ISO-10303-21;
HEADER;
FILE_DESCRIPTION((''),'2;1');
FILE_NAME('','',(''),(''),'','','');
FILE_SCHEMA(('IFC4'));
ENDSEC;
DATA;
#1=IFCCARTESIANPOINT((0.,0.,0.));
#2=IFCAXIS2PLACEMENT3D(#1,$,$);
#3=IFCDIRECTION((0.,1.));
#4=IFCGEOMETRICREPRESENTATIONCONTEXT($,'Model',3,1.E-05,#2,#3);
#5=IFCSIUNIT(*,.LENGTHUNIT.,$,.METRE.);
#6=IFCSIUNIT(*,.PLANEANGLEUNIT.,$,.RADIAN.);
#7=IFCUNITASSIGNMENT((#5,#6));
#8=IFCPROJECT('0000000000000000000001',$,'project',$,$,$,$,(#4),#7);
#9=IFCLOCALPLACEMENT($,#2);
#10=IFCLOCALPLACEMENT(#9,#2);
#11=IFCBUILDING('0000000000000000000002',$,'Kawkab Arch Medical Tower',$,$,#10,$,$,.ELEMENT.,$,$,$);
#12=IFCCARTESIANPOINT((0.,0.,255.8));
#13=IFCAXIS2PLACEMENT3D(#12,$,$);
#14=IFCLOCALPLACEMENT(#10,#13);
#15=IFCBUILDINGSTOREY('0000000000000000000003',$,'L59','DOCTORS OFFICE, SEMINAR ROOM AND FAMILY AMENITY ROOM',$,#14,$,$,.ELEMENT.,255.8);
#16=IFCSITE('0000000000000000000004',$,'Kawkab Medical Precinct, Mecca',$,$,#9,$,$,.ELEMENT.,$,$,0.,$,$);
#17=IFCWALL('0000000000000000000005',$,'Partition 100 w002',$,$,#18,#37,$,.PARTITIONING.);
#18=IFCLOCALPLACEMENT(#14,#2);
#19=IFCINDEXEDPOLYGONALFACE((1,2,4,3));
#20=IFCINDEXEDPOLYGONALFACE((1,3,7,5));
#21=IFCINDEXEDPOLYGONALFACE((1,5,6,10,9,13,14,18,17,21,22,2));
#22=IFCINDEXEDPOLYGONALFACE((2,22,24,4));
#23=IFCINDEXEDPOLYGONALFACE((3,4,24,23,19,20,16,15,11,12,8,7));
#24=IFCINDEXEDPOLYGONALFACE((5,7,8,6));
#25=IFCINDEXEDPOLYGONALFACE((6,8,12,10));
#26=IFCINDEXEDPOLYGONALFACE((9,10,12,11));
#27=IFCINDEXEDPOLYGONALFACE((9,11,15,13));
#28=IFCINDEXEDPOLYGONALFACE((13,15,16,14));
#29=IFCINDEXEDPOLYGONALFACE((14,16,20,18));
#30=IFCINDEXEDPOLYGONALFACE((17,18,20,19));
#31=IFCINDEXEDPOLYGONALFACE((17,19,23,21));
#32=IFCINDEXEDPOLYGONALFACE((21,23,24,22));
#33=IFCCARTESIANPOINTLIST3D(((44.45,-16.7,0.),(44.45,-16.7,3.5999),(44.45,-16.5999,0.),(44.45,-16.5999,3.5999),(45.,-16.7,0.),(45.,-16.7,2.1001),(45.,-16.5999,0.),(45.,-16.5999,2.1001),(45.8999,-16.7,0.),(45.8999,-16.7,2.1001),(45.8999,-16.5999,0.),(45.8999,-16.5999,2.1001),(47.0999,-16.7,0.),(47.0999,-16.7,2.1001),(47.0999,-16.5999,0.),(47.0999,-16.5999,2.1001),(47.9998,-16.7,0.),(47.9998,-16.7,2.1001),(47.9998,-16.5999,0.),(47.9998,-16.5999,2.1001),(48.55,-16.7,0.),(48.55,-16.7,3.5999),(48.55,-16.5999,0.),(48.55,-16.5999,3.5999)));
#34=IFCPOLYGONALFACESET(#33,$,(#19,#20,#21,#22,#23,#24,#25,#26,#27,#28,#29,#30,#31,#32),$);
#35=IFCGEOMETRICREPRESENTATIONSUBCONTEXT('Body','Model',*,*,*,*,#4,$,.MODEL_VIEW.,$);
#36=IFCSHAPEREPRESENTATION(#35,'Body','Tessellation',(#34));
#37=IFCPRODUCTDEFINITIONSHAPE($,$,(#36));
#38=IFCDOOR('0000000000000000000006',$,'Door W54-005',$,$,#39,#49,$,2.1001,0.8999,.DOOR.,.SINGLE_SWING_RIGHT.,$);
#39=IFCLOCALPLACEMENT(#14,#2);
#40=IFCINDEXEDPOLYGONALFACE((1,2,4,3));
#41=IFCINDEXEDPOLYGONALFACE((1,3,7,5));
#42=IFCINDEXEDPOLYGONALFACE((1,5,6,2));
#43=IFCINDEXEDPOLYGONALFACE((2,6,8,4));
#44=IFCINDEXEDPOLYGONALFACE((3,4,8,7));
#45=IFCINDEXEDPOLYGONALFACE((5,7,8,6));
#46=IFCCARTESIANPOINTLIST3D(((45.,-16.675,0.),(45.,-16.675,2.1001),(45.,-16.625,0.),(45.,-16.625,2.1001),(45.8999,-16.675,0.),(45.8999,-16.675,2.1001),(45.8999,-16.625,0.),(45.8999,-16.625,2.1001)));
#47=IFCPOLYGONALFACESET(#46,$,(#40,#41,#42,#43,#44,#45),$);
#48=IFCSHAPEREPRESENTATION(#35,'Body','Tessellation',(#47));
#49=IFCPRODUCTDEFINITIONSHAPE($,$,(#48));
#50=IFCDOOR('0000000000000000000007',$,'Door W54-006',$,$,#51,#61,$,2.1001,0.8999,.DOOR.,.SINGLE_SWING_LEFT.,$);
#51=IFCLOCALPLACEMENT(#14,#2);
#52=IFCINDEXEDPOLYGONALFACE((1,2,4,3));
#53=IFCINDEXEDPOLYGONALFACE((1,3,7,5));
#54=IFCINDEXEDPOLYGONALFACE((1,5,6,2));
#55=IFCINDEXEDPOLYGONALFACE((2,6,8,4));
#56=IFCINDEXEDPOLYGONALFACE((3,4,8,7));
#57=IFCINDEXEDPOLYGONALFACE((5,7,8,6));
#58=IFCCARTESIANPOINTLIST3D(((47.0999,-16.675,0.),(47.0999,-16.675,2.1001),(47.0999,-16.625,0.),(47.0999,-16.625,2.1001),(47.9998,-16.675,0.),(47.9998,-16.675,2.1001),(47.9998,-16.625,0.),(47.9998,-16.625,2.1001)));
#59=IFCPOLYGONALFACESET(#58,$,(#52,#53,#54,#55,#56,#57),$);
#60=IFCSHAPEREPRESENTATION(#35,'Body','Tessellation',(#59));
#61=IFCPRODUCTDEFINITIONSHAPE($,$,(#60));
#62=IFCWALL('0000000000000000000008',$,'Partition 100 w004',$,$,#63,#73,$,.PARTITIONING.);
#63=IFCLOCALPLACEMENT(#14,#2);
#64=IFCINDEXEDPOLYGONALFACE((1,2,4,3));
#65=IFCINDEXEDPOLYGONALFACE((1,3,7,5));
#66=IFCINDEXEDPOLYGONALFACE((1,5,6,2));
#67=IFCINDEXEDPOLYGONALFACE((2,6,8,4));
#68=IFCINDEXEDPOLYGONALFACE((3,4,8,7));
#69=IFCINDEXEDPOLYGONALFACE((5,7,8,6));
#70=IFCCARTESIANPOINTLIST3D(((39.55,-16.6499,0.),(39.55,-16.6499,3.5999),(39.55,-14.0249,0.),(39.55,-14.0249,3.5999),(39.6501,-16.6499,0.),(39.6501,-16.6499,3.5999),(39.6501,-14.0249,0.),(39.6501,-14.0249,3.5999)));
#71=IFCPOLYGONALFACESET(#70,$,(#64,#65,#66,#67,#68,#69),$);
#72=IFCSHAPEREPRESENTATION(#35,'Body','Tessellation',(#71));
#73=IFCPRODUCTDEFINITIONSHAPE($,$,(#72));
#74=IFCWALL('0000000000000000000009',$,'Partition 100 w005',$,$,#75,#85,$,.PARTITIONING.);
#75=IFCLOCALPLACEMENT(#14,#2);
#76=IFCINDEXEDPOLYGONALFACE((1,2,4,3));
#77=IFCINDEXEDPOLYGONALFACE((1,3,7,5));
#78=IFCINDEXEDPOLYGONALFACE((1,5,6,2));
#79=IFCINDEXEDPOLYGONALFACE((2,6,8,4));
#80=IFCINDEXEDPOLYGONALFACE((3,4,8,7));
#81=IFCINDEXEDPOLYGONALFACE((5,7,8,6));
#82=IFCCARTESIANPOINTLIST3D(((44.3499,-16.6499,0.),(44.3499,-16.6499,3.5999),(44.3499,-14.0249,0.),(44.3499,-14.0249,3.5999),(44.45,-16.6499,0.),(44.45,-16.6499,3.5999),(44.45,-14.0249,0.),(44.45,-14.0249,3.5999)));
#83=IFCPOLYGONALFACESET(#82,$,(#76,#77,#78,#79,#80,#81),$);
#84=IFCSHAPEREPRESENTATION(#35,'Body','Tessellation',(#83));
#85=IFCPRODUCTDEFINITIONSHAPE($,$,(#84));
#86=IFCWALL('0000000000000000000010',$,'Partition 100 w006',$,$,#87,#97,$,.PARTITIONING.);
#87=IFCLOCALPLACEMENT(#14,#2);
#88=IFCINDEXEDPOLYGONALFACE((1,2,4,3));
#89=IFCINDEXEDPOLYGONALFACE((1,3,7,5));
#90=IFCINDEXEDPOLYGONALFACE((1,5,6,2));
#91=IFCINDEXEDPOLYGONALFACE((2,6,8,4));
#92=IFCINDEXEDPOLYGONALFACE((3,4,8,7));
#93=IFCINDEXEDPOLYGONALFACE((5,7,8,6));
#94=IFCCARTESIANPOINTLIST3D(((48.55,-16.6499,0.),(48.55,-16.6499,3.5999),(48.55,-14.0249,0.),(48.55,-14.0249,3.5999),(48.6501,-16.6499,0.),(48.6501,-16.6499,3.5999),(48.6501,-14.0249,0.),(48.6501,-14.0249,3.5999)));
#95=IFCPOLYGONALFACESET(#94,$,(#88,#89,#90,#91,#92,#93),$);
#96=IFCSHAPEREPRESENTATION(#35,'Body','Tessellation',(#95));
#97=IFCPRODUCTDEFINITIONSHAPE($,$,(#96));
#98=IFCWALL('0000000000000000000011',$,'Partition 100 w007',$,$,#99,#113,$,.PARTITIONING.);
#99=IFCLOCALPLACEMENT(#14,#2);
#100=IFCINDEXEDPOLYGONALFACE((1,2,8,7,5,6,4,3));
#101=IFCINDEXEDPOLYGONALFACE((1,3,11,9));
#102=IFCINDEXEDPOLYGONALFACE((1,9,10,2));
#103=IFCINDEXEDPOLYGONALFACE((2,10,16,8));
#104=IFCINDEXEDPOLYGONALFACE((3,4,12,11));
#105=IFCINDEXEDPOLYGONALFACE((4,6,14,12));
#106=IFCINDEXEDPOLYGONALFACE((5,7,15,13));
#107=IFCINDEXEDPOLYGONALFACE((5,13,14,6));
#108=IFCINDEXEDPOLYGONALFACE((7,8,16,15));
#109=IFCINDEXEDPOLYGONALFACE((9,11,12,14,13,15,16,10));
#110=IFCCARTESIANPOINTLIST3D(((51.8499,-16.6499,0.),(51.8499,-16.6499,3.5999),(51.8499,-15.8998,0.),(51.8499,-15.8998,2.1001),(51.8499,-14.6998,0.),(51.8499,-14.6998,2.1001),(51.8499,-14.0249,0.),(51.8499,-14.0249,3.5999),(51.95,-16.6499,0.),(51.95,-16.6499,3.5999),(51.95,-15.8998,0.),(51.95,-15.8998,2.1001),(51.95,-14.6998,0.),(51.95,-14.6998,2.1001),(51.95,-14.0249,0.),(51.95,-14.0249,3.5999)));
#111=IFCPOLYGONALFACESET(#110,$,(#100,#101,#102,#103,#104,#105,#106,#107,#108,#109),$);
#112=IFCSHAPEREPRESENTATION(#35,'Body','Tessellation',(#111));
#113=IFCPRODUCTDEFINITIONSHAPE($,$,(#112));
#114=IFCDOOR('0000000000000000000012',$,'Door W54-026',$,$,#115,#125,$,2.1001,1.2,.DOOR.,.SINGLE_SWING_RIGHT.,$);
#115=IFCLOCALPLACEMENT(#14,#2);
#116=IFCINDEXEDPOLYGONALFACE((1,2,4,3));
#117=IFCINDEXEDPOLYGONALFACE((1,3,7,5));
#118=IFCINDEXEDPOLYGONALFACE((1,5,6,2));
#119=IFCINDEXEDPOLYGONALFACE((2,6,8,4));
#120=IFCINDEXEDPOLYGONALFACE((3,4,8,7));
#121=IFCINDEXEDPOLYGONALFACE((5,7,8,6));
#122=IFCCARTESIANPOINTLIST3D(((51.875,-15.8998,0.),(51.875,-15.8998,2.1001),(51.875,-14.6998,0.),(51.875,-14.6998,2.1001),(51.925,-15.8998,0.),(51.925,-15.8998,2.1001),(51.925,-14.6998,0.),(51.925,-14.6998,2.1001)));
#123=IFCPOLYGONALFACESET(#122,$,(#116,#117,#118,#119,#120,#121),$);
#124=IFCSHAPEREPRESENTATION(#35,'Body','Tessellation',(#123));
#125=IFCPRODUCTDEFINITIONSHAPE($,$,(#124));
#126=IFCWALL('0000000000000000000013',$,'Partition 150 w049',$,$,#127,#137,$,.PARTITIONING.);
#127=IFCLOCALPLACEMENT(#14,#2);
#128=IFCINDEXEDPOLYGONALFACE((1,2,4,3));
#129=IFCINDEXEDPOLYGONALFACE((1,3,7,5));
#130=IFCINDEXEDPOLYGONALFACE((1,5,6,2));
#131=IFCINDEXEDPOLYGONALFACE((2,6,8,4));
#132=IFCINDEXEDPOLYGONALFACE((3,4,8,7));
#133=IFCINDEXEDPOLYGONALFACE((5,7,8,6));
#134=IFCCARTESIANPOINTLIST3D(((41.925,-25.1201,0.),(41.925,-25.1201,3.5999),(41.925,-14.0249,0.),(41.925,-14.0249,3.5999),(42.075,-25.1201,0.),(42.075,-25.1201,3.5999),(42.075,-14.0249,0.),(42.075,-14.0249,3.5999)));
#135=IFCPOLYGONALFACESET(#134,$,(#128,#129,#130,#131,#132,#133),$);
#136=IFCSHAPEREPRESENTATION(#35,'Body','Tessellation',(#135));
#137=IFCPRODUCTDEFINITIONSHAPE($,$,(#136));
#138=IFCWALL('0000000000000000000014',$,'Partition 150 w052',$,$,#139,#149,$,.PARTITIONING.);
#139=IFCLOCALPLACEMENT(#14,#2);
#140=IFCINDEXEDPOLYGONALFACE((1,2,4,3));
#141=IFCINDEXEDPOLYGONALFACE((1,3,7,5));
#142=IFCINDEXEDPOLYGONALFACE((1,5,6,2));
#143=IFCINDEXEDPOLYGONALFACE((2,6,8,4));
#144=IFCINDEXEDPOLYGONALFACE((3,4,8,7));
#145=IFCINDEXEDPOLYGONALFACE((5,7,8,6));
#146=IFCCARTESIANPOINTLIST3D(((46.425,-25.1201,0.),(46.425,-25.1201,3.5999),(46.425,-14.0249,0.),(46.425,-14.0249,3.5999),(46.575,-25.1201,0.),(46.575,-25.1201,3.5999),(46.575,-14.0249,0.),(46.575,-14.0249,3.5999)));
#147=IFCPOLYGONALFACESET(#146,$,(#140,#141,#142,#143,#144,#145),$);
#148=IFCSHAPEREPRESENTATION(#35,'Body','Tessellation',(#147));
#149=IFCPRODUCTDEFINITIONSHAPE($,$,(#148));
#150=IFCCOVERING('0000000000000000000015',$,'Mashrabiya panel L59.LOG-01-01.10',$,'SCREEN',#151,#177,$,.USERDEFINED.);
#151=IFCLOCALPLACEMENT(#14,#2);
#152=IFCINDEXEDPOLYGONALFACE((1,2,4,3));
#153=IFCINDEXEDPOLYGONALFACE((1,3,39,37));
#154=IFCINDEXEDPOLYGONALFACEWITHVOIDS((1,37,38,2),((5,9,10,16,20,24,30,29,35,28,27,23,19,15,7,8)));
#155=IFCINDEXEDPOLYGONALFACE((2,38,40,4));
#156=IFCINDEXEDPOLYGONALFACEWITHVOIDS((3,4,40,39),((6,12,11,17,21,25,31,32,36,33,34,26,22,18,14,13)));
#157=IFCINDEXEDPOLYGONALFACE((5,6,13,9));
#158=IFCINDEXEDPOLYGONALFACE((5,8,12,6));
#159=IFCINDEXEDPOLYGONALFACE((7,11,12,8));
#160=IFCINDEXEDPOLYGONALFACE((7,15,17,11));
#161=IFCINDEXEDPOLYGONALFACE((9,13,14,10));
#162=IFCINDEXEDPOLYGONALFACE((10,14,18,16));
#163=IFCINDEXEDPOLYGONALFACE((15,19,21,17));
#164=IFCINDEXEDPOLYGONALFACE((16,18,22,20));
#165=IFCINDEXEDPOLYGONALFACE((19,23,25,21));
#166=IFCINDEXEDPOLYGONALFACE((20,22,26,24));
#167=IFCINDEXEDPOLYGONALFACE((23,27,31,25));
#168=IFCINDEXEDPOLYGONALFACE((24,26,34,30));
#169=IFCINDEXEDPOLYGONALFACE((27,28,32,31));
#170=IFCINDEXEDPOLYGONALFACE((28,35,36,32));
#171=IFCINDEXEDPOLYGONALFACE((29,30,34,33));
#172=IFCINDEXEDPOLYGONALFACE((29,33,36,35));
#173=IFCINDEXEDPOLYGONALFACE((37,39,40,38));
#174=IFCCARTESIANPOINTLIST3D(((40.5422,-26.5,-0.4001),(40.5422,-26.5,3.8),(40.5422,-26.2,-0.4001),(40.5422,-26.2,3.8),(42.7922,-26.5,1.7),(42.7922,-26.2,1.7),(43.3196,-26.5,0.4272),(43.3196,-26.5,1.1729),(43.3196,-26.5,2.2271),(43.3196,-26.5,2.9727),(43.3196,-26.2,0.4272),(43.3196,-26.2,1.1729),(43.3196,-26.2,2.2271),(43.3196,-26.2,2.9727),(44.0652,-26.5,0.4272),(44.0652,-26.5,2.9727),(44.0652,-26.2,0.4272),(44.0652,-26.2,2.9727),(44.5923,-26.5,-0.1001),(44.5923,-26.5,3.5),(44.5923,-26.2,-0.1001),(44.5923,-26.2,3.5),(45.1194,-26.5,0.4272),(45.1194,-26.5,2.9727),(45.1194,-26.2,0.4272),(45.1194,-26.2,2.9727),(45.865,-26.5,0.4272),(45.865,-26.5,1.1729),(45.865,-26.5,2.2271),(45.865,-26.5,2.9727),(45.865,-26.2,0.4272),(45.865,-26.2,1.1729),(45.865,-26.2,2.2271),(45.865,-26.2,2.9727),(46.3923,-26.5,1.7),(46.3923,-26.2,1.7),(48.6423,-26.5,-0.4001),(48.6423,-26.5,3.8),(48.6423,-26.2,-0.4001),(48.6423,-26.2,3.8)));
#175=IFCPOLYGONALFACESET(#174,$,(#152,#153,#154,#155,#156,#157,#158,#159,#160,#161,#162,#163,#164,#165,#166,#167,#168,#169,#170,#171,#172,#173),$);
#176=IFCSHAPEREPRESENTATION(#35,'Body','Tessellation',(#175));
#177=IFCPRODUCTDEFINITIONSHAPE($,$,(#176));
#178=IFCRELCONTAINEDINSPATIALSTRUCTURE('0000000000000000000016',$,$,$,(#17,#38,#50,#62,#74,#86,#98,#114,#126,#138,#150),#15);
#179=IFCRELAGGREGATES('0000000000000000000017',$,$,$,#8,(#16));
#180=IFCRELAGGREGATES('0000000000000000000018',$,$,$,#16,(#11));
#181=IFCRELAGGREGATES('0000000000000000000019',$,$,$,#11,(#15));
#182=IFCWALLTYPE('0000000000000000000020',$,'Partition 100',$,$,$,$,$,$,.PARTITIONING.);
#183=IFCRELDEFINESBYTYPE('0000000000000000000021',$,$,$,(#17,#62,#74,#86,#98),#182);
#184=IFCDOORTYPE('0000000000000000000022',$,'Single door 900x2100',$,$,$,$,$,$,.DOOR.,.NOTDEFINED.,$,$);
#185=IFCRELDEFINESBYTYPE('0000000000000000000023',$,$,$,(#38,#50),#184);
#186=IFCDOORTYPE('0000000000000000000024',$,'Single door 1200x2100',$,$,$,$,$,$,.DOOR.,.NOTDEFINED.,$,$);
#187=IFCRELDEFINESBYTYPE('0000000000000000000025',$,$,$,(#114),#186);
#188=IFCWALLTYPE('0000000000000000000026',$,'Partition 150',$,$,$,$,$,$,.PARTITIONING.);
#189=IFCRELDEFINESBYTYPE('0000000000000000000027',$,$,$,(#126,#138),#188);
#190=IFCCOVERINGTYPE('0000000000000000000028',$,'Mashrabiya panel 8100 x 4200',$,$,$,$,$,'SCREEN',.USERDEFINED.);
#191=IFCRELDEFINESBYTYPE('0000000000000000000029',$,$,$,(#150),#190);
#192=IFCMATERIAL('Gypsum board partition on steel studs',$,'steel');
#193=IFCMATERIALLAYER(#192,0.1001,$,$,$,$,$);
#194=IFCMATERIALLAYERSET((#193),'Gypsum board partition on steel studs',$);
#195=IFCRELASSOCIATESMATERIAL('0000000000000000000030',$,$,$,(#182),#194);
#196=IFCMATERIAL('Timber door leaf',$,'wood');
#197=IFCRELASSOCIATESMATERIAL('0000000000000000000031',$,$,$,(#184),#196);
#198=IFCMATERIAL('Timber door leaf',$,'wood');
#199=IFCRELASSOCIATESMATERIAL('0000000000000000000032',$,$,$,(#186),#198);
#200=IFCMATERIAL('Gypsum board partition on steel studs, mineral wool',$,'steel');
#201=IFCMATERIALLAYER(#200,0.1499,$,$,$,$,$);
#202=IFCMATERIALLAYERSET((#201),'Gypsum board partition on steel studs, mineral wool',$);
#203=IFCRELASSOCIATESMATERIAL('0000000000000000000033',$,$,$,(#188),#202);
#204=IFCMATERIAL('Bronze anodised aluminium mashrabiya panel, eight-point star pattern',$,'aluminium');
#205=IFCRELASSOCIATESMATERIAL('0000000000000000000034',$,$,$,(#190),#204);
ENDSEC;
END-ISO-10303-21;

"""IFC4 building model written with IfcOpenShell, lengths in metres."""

from ifc_helpers import new_model, si_unit, direction, frame, frame_2d, origin, place, context, subcontext, project, spatial, polyline, rectangle, outline, extrude, material, layer, layer_set, material_profile, profile_set, type_object, element, fill, save


model = new_model("IFC4")

# Units and contexts
model_context = context("Model", 3, precision=1e-05, world=origin(), true_north=direction((0.0, 1.0)))
body_context = subcontext(model_context, "Body", "Model", "MODEL_VIEW")
ifc_project = project(units=[si_unit("LENGTHUNIT", "METRE"), si_unit("PLANEANGLEUNIT", "RADIAN")], contexts=[model_context])

# Site, building, storey
site_placement = place(None, origin())
site = spatial("IfcSite", under=ifc_project, at=site_placement, Name="Kawkab Medical Precinct, Mecca", CompositionType="ELEMENT", RefElevation=0.0)
building_placement = place(site_placement, origin())
building = spatial("IfcBuilding", under=site, at=building_placement, Name="Kawkab Arch Medical Tower", CompositionType="ELEMENT")
storey_placement = place(building_placement, frame((0.0, 0.0, 255.8)))
storey = spatial("IfcBuildingStorey", under=building, at=storey_placement, Name="L59", Description="DOCTORS OFFICE, SEMINAR ROOM AND FAMILY AMENITY ROOM", CompositionType="ELEMENT", Elevation=255.8)

# Wall, openings, doors
ifc_material_1 = material(Name="Gypsum board partition on steel studs", Category="steel")
ifc_layer_1 = layer(ifc_material_1, 0.1001)
ifc_layer_set_1 = layer_set([ifc_layer_1], Name="Gypsum board partition on steel studs")
wall_type_1 = type_object("IfcWallType", Name="Partition 100", PredefinedType="PARTITIONING", material=ifc_layer_set_1)
wall_1_placement = place(storey_placement, frame((44.45, -16.6499, 0.0), z_axis=(0.0, 0.0, 1.0), x_axis=(1.0, 0.0, 0.0)))
wall_1 = element("IfcWall", 1, at=wall_1_placement, inside=storey, type_object=wall_type_1, Name="Partition 100 w002", PredefinedType="PARTITIONING", context=body_context, shape_type="SweptSolid", body=[
    extrude(rectangle(XDim=4.1001, YDim=0.1001, at=frame_2d((2.05, 0.0))), origin(), (0.0, 0.0, 1.0), 3.5999),
])
opening_1_placement = place(wall_1_placement, frame((0.55, 0.0, 0.0)))
opening_1 = element("IfcOpeningElement", 2, at=opening_1_placement, cuts=wall_1, PredefinedType="OPENING", context=body_context, shape_type="SweptSolid", body=[
    extrude(rectangle(XDim=0.8999, YDim=2.1001, at=frame_2d((0.45, 1.05))), frame((0.0, 0.0601, 0.0), z_axis=(0.0, -1.0, 0.0), x_axis=(1.0, 0.0, 0.0)), (0.0, 0.0, 1.0), 0.1201),
])
opening_2_placement = place(wall_1_placement, frame((2.6499, 0.0, 0.0)))
opening_2 = element("IfcOpeningElement", 3, at=opening_2_placement, cuts=wall_1, PredefinedType="OPENING", context=body_context, shape_type="SweptSolid", body=[
    extrude(rectangle(XDim=0.8999, YDim=2.1001, at=frame_2d((0.45, 1.05))), frame((0.0, 0.0601, 0.0), z_axis=(0.0, -1.0, 0.0), x_axis=(1.0, 0.0, 0.0)), (0.0, 0.0, 1.0), 0.1201),
])
ifc_material_2 = material(Name="Timber door leaf", Category="wood")
door_type_1 = type_object("IfcDoorType", Name="Single door 900x2100", OperationType="NOTDEFINED", PredefinedType="DOOR", material=ifc_material_2)
door_1_placement = place(opening_1_placement, origin())
door_1 = element("IfcDoor", 4, at=door_1_placement, inside=storey, type_object=door_type_1, Name="Door W54-005", OperationType="SINGLE_SWING_RIGHT", OverallHeight=2.1001, OverallWidth=0.8999, PredefinedType="DOOR", context=body_context, shape_type="SweptSolid", body=[
    extrude(rectangle(XDim=0.8999, YDim=2.1001, at=frame_2d((0.45, 1.05))), frame((0.0, 0.0249, 0.0), z_axis=(0.0, -1.0, 0.0), x_axis=(1.0, 0.0, 0.0)), (0.0, 0.0, 1.0), 0.05),
])
fill(opening_1, door_1)
door_2_placement = place(opening_2_placement, origin())
door_2 = element("IfcDoor", 5, at=door_2_placement, inside=storey, type_object=door_type_1, Name="Door W54-006", OperationType="SINGLE_SWING_LEFT", OverallHeight=2.1001, OverallWidth=0.8999, PredefinedType="DOOR", context=body_context, shape_type="SweptSolid", body=[
    extrude(rectangle(XDim=0.8999, YDim=2.1001, at=frame_2d((0.45, 1.05))), frame((0.0, 0.0249, 0.0), z_axis=(0.0, -1.0, 0.0), x_axis=(1.0, 0.0, 0.0)), (0.0, 0.0, 1.0), 0.05),
])
fill(opening_2, door_2)

# Walls
for number, where, z_axis, x_axis, name in (
    (6, (39.6001, -16.6499, 0.0), (0.0, 0.0, 1.0), (0.0, 1.0, 0.0), "Partition 100 w004"),
    (7, (44.3999, -16.6499, 0.0), (0.0, 0.0, 1.0), (0.0, 1.0, 0.0), "Partition 100 w005"),
    (8, (48.6001, -16.6499, 0.0), (0.0, 0.0, 1.0), (0.0, 1.0, 0.0), "Partition 100 w006"),
):
    element("IfcWall", number, at=place(storey_placement, frame(where, z_axis=z_axis, x_axis=x_axis)), inside=storey, type_object=wall_type_1, Name=name, PredefinedType="PARTITIONING", context=body_context, shape_type="SweptSolid", body=[
        extrude(rectangle(XDim=2.625, YDim=0.1001, at=frame_2d((1.3125, 0.0))), origin(), (0.0, 0.0, 1.0), 3.5999),
    ])

# Wall, opening, door
wall_2_placement = place(storey_placement, frame((51.8999, -16.6499, 0.0), z_axis=(0.0, 0.0, 1.0), x_axis=(0.0, 1.0, 0.0)))
wall_2 = element("IfcWall", 9, at=wall_2_placement, inside=storey, type_object=wall_type_1, Name="Partition 100 w007", PredefinedType="PARTITIONING", context=body_context, shape_type="SweptSolid", body=[
    extrude(rectangle(XDim=2.625, YDim=0.1001, at=frame_2d((1.3125, 0.0))), origin(), (0.0, 0.0, 1.0), 3.5999),
])
opening_3_placement = place(wall_2_placement, frame((0.75, 0.0, 0.0)))
opening_3 = element("IfcOpeningElement", 10, at=opening_3_placement, cuts=wall_2, PredefinedType="OPENING", context=body_context, shape_type="SweptSolid", body=[
    extrude(rectangle(XDim=1.2, YDim=2.1001, at=frame_2d((0.6001, 1.05))), frame((0.0, 0.0601, 0.0), z_axis=(0.0, -1.0, 0.0), x_axis=(1.0, 0.0, 0.0)), (0.0, 0.0, 1.0), 0.1201),
])
ifc_material_3 = material(Name="Timber door leaf", Category="wood")
door_type_2 = type_object("IfcDoorType", Name="Single door 1200x2100", OperationType="NOTDEFINED", PredefinedType="DOOR", material=ifc_material_3)
door_3_placement = place(opening_3_placement, origin())
door_3 = element("IfcDoor", 11, at=door_3_placement, inside=storey, type_object=door_type_2, Name="Door W54-026", OperationType="SINGLE_SWING_RIGHT", OverallHeight=2.1001, OverallWidth=1.2, PredefinedType="DOOR", context=body_context, shape_type="SweptSolid", body=[
    extrude(rectangle(XDim=1.2, YDim=2.1001, at=frame_2d((0.6001, 1.05))), frame((0.0, 0.0249, 0.0), z_axis=(0.0, -1.0, 0.0), x_axis=(1.0, 0.0, 0.0)), (0.0, 0.0, 1.0), 0.05),
])
fill(opening_3, door_3)

# Walls
ifc_material_4 = material(Name="Gypsum board partition on steel studs, mineral wool", Category="steel")
ifc_layer_2 = layer(ifc_material_4, 0.1499)
ifc_layer_set_2 = layer_set([ifc_layer_2], Name="Gypsum board partition on steel studs, mineral wool")
wall_type_2 = type_object("IfcWallType", Name="Partition 150", PredefinedType="PARTITIONING", material=ifc_layer_set_2)
for number, where, z_axis, x_axis, name in (
    (12, (42.0, -25.1201, 0.0), (0.0, 0.0, 1.0), (0.0, 1.0, 0.0), "Partition 150 w049"),
    (13, (46.5, -25.1201, 0.0), (0.0, 0.0, 1.0), (0.0, 1.0, 0.0), "Partition 150 w052"),
):
    element("IfcWall", number, at=place(storey_placement, frame(where, z_axis=z_axis, x_axis=x_axis)), inside=storey, type_object=wall_type_2, Name=name, PredefinedType="PARTITIONING", context=body_context, shape_type="SweptSolid", body=[
        extrude(rectangle(XDim=11.0952, YDim=0.1499, at=frame_2d((5.5476, 0.0))), origin(), (0.0, 0.0, 1.0), 3.5999),
    ])

# Covering
ifc_material_5 = material(Name="Bronze anodised aluminium mashrabiya panel, eight-point star pattern", Category="aluminium")
ifc_material_profile_1 = material_profile(ifc_material_5, outline(polyline([(-4.05, -2.1001), (4.05, -2.1001), (4.05, 2.1001), (-4.05, 2.1001), (-4.05, -2.1001)]), holes=[polyline([(1.8, 0.0), (1.2727, 0.5271), (1.2727, 1.2727), (0.5271, 1.2727), (0.0, 1.8), (-0.5271, 1.2727), (-1.2727, 1.2727), (-1.2727, 0.5271), (-1.8, 0.0), (-1.2727, -0.5271), (-1.2727, -1.2727), (-0.5271, -1.2727), (0.0, -1.8), (0.5271, -1.2727), (1.2727, -1.2727), (1.2727, -0.5271), (1.8, 0.0)])]), Name="Mashrabiya panel 8100x4200")
ifc_profile_set_1 = profile_set([ifc_material_profile_1], Name="Bronze anodised aluminium mashrabiya panel, eight-point star pattern")
covering_type_1 = type_object("IfcCoveringType", Name="Mashrabiya panel 8100 x 4200", ElementType="SCREEN", PredefinedType="USERDEFINED", material=ifc_profile_set_1)
covering_1_placement = place(storey_placement, frame((44.5923, -26.2, 1.7), z_axis=(0.0, -1.0, 0.0), x_axis=(1.0, 0.0, 0.0)))
element("IfcCovering", 14, at=covering_1_placement, inside=storey, type_object=covering_type_1, Name="Mashrabiya panel L59.LOG-01-01.10", ObjectType="SCREEN", PredefinedType="USERDEFINED", context=body_context, shape_type="SweptSolid", body=[
    extrude(outline(polyline([(-4.05, -2.1001), (4.05, -2.1001), (4.05, 2.1001), (-4.05, 2.1001), (-4.05, -2.1001)]), holes=[polyline([(1.8, 0.0), (1.2727, 0.5271), (1.2727, 1.2727), (0.5271, 1.2727), (0.0, 1.8), (-0.5271, 1.2727), (-1.2727, 1.2727), (-1.2727, 0.5271), (-1.8, 0.0), (-1.2727, -0.5271), (-1.2727, -1.2727), (-0.5271, -1.2727), (0.0, -1.8), (0.5271, -1.2727), (1.2727, -1.2727), (1.2727, -0.5271), (1.8, 0.0)])]), origin(), (0.0, 0.0, 1.0), 0.3),
])

save(model, "model.ifc")
